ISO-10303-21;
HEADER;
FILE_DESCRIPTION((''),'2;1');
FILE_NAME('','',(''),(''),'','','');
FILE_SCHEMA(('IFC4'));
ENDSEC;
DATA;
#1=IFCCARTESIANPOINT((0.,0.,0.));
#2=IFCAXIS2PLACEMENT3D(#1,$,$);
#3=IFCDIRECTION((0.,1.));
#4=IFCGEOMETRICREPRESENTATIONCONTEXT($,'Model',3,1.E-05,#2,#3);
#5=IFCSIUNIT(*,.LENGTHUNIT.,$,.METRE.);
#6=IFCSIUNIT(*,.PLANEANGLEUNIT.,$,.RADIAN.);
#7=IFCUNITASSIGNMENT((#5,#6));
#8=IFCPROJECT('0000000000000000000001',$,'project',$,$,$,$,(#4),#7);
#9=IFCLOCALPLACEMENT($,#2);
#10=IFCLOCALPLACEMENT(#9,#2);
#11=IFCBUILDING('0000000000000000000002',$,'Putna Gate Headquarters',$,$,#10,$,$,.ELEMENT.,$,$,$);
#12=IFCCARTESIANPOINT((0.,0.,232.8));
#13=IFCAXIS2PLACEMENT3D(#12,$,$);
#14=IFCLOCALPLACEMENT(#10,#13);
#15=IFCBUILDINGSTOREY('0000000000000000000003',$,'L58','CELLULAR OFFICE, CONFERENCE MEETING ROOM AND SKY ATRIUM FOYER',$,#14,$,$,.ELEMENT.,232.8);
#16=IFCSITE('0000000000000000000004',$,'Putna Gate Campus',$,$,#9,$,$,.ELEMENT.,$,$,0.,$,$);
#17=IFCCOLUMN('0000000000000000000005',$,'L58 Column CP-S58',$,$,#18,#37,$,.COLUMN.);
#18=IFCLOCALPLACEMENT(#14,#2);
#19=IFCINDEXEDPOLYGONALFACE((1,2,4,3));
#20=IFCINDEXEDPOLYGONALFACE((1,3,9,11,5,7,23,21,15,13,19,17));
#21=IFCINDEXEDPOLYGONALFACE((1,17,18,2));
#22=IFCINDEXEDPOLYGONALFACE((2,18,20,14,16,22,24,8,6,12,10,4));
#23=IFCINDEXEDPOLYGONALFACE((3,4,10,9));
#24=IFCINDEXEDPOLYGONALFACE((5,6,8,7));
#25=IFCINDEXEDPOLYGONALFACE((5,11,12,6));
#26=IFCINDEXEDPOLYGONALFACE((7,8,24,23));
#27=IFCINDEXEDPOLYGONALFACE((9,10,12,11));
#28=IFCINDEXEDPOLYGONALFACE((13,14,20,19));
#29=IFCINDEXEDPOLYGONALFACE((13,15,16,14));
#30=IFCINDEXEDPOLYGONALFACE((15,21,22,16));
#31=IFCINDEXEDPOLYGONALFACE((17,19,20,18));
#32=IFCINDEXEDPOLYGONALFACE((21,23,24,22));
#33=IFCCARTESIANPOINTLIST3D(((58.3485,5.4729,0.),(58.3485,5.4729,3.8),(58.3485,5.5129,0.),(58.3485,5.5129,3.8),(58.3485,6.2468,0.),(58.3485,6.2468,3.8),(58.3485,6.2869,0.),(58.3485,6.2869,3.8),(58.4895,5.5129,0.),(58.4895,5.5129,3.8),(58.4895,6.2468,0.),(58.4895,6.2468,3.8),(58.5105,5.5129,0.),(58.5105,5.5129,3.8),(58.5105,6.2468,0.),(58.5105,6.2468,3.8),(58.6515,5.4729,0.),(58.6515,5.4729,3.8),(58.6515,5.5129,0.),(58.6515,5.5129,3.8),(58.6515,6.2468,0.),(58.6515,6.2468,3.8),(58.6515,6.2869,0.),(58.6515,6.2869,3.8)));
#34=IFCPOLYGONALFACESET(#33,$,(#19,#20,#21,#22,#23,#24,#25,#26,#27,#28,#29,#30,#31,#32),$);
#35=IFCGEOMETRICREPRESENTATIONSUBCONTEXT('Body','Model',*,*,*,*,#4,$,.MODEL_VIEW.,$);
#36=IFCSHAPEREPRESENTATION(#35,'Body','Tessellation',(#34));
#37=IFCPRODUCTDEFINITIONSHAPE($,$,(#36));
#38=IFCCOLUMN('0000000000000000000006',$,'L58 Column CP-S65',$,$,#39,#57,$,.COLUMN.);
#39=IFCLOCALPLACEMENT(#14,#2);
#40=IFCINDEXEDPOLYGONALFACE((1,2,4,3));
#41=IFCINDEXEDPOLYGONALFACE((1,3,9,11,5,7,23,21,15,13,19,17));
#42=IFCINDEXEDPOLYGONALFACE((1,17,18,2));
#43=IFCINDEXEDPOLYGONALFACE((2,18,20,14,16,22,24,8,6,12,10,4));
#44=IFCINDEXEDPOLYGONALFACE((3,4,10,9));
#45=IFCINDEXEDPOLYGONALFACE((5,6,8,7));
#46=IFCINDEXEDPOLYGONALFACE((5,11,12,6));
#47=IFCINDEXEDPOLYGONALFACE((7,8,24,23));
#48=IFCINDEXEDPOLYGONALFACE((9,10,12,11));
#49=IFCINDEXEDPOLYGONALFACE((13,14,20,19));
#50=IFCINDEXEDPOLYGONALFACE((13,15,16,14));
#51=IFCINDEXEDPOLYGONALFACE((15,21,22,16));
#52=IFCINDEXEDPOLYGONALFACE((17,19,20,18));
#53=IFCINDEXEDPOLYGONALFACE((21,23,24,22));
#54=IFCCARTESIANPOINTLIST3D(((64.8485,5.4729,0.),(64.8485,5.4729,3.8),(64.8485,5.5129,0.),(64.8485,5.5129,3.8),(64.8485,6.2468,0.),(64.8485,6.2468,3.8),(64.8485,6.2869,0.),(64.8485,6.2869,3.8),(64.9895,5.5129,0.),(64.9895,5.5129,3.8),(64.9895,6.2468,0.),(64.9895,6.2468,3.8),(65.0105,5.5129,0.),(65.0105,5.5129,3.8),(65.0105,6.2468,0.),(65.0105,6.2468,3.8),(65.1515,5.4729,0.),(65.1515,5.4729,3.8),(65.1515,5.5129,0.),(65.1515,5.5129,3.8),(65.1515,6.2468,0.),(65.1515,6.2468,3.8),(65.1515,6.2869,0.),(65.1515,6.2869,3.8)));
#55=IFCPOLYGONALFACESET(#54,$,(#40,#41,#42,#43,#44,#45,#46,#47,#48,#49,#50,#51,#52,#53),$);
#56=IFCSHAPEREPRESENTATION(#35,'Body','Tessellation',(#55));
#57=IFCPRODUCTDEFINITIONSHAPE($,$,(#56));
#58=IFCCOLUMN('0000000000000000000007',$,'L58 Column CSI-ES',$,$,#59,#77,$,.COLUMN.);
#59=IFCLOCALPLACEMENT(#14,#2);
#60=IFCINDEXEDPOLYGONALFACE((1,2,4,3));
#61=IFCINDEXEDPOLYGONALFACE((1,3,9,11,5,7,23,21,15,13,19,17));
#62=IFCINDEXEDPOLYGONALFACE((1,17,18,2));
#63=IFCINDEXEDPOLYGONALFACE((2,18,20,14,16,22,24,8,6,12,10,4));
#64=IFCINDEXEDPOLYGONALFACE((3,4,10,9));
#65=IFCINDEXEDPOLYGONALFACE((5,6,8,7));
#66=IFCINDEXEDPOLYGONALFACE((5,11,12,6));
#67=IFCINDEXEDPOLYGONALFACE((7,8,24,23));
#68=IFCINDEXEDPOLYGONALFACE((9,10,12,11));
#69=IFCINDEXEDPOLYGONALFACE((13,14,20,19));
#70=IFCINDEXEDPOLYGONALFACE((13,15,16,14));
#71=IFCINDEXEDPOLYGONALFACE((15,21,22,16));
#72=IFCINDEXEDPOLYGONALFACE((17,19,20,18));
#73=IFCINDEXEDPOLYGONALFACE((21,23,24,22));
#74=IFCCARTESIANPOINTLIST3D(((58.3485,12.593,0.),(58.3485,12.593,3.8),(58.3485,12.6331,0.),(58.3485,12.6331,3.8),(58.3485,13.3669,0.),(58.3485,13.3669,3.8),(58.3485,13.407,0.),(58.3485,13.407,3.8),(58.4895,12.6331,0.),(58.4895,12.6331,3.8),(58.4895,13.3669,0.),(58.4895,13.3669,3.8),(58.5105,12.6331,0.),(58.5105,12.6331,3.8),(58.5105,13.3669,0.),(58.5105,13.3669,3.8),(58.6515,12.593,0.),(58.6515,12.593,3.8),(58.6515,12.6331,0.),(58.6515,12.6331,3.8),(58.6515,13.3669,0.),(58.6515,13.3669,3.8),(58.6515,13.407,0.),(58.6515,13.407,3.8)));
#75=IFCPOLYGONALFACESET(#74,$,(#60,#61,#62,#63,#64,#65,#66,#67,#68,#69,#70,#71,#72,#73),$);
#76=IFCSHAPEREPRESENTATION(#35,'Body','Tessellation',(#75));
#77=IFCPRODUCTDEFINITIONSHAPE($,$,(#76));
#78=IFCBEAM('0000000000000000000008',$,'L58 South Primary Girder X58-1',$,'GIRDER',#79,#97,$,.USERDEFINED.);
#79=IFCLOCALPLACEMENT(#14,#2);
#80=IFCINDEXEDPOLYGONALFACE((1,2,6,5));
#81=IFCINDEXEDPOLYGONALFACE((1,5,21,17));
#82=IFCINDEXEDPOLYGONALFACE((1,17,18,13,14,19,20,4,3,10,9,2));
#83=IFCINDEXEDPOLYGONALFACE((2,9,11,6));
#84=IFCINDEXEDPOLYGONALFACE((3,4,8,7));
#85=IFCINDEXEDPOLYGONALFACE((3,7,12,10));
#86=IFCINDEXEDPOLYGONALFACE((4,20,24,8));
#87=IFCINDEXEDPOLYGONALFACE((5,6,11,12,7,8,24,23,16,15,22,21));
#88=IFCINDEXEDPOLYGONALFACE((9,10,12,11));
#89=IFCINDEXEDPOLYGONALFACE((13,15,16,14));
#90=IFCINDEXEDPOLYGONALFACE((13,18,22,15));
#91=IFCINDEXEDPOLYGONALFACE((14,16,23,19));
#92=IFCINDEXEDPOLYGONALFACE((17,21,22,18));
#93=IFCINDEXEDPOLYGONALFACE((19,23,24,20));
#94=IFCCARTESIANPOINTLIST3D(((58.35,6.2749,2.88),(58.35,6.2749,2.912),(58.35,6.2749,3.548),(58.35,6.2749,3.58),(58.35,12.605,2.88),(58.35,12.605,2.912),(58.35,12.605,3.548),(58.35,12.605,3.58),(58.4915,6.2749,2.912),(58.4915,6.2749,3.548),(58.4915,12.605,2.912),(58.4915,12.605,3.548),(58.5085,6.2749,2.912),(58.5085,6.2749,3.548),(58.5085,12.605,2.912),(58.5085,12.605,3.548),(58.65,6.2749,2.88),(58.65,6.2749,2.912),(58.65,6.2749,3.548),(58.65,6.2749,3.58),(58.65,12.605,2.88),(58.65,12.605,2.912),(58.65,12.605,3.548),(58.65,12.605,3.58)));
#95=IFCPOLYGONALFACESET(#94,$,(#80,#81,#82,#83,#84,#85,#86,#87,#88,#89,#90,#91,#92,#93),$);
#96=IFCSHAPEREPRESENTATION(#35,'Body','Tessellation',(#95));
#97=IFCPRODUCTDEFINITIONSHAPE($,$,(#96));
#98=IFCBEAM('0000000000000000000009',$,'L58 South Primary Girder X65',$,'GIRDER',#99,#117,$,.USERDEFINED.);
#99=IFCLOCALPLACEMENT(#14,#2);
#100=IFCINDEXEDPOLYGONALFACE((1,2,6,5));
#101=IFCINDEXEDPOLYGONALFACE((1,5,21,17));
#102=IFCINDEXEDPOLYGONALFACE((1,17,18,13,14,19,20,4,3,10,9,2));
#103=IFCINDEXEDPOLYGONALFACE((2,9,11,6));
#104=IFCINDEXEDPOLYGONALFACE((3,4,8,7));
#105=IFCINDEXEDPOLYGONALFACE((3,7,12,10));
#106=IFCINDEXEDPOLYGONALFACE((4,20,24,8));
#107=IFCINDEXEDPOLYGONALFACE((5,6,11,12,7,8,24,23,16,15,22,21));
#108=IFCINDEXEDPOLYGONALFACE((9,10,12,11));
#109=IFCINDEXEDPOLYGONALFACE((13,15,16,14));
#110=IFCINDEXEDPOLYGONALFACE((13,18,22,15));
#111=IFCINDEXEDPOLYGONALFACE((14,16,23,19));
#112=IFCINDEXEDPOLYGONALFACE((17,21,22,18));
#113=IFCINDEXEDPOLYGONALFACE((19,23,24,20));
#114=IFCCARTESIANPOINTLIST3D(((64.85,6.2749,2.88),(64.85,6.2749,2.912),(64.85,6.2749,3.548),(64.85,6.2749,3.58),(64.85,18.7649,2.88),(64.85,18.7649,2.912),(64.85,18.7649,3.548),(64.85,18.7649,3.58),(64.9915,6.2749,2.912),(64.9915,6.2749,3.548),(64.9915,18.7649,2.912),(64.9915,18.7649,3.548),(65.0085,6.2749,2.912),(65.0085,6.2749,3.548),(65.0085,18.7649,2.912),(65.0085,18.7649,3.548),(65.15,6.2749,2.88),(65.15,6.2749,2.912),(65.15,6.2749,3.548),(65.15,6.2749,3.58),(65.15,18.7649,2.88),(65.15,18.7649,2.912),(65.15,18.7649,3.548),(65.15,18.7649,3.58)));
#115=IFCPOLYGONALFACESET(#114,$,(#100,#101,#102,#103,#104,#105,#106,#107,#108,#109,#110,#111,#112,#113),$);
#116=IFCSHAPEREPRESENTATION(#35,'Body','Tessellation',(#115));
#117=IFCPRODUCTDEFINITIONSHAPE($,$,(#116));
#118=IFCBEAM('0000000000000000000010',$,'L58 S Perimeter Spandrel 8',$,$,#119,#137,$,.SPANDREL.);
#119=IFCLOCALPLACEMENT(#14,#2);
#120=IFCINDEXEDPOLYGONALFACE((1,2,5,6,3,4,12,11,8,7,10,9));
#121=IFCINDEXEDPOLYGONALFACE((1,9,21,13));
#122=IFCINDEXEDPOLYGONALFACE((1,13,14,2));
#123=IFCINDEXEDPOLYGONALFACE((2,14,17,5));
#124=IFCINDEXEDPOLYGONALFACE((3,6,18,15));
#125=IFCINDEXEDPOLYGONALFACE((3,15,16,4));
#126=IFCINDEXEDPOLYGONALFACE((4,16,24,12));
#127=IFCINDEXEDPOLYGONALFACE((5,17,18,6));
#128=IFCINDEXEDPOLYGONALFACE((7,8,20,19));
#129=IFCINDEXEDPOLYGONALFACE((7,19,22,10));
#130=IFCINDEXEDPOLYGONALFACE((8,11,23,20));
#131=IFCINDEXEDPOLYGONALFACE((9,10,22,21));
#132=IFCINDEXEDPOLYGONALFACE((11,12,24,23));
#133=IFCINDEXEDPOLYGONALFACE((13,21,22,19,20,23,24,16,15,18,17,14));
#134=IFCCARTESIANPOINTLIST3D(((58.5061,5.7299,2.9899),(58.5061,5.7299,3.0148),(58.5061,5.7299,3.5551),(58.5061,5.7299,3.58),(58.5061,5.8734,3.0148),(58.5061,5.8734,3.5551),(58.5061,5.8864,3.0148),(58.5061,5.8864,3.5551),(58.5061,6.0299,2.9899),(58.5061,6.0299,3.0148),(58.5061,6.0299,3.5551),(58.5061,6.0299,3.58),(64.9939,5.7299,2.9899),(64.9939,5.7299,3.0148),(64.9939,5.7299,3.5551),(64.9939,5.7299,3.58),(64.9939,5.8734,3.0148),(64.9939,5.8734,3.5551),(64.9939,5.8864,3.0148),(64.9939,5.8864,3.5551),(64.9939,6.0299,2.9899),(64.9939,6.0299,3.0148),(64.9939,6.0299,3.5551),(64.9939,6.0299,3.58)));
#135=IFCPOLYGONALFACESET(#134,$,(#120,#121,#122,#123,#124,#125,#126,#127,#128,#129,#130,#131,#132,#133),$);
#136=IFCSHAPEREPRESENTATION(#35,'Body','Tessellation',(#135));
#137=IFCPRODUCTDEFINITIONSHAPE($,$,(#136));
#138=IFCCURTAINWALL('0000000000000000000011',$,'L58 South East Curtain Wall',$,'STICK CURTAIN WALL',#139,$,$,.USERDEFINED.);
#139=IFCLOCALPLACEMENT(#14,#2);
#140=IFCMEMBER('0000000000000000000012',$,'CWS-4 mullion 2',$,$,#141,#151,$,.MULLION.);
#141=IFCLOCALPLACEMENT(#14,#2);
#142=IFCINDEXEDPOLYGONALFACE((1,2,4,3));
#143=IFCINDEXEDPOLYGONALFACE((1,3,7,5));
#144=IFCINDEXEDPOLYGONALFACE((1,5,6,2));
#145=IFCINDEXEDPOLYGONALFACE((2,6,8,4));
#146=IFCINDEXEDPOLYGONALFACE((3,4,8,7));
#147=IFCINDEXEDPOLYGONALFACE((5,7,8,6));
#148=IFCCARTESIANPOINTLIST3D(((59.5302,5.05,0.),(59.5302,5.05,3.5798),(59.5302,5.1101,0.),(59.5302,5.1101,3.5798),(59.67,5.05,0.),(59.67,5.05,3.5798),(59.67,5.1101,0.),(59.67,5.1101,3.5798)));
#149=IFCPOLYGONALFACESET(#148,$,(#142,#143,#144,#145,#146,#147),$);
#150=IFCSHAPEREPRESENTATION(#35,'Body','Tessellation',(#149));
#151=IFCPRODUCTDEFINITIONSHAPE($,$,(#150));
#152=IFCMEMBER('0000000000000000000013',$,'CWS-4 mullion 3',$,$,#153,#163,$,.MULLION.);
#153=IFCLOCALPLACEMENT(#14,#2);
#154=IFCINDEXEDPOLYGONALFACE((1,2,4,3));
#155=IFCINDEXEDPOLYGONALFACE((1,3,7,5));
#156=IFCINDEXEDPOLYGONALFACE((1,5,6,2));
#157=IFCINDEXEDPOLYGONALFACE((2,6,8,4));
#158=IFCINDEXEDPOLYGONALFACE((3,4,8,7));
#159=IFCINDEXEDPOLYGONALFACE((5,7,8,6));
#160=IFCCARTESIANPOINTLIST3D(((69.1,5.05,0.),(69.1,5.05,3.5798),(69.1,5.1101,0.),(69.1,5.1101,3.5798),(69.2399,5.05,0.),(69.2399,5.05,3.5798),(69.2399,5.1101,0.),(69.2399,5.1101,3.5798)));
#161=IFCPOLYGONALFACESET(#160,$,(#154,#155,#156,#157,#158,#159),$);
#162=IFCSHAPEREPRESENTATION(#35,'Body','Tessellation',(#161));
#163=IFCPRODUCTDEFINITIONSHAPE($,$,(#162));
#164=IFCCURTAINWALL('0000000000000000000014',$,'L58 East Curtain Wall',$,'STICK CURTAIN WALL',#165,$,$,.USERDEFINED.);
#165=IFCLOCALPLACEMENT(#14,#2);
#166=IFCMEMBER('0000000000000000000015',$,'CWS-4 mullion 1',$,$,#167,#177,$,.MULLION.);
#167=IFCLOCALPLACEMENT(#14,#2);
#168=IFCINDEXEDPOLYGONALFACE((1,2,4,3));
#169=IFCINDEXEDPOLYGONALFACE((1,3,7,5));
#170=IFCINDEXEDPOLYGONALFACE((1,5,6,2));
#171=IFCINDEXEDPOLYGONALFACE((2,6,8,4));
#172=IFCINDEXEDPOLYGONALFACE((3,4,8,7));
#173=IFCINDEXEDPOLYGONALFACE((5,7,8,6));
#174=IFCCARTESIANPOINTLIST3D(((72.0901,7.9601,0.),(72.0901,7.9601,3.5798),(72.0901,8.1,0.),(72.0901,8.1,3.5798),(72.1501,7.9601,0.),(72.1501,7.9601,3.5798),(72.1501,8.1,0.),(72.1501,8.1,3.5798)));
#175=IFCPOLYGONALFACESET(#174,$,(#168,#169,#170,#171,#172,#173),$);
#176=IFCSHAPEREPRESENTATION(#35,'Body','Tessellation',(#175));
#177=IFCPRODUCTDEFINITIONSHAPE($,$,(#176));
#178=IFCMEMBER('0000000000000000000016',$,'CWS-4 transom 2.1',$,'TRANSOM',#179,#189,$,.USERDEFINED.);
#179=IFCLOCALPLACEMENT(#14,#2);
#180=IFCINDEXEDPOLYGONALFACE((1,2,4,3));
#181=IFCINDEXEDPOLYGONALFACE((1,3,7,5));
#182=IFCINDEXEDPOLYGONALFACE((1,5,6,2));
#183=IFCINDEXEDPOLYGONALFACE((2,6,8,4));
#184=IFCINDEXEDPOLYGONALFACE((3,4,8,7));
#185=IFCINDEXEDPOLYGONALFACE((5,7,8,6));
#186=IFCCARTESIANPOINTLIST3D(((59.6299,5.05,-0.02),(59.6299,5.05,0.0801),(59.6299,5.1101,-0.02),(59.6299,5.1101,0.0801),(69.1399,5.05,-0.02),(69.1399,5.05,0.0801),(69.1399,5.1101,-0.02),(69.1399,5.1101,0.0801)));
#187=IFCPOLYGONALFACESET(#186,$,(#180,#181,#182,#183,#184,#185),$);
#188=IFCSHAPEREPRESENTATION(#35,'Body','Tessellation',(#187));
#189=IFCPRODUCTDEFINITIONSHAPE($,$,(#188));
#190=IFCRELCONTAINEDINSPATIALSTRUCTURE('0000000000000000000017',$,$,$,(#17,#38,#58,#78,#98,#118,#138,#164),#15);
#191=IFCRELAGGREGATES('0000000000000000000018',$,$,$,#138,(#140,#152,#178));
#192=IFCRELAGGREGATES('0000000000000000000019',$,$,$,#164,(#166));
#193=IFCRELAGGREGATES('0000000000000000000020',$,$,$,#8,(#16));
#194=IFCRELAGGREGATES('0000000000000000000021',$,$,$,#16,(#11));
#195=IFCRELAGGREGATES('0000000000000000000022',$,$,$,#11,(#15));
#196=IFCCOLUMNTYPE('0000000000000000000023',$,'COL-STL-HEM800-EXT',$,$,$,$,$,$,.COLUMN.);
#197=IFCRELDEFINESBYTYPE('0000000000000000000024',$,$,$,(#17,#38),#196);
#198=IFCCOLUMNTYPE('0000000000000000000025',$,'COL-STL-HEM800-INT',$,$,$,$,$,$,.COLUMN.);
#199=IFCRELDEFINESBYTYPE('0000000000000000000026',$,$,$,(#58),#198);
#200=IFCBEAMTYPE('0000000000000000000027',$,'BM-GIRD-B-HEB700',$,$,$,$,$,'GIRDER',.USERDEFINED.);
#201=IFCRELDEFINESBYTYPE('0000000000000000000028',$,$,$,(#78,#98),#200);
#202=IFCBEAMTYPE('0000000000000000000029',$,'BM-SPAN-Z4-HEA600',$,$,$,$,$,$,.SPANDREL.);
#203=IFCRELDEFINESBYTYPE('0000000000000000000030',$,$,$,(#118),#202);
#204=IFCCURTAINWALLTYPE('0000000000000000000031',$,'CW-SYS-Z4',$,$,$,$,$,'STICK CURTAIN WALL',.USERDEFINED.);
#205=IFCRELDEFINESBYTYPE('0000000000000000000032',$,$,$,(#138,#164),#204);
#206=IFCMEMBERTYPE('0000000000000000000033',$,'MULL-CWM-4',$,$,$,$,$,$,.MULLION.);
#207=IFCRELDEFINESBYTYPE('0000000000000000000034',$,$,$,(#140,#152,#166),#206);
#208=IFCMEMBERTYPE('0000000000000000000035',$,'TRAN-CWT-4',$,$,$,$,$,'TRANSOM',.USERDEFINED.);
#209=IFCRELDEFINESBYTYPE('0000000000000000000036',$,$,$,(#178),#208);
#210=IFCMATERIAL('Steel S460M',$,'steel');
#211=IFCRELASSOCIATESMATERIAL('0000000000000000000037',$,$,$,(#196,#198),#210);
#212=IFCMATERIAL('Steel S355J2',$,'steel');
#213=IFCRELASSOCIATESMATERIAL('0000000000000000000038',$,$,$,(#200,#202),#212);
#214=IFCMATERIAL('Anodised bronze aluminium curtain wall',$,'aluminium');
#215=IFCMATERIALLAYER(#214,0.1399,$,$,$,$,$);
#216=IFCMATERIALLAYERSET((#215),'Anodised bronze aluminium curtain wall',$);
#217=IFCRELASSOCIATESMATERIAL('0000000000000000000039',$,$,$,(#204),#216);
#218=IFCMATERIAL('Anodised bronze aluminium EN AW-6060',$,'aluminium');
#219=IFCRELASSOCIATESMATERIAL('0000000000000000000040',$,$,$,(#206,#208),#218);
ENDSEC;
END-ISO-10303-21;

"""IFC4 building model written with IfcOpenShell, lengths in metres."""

from ifc_helpers import new_model, si_unit, direction, frame, origin, origin_2d, place, context, subcontext, project, spatial, rectangle, i_section, extrude, material, layer, layer_set, material_profile, profile_set, type_object, element, aggregate, save


model = new_model("IFC4")

# Units and contexts
model_context = context("Model", 3, precision=1e-05, world=origin(), true_north=direction((0.0, 1.0)))
body_context = subcontext(model_context, "Body", "Model", "MODEL_VIEW")
ifc_project = project(units=[si_unit("LENGTHUNIT", "METRE"), si_unit("PLANEANGLEUNIT", "RADIAN")], contexts=[model_context])

# Site, building, storey
site_placement = place(None, origin())
site = spatial("IfcSite", under=ifc_project, at=site_placement, Name="Putna Gate Campus", CompositionType="ELEMENT", RefElevation=0.0)
building_placement = place(site_placement, origin())
building = spatial("IfcBuilding", under=site, at=building_placement, Name="Putna Gate Headquarters", CompositionType="ELEMENT")
storey_placement = place(building_placement, frame((0.0, 0.0, 232.8)))
storey = spatial("IfcBuildingStorey", under=building, at=storey_placement, Name="L58", Description="CELLULAR OFFICE, CONFERENCE MEETING ROOM AND SKY ATRIUM FOYER", CompositionType="ELEMENT", Elevation=232.8)

# Columns
ifc_material_1 = material(Name="Steel S460M", Category="steel")
ifc_material_profile_1 = material_profile(ifc_material_1, i_section(OverallWidth=0.303, OverallDepth=0.814, WebThickness=0.021, FlangeThickness=0.04, at=origin_2d()), Name="Steel S460M")
ifc_profile_set_1 = profile_set([ifc_material_profile_1], Name="Steel S460M")
column_type_1 = type_object("IfcColumnType", Name="COL-STL-HEM800-EXT", PredefinedType="COLUMN", material=ifc_profile_set_1)
for number, where, z_axis, x_axis, name in (
    (1, (58.5, 5.8799, 0.0), (0.0, 0.0, 1.0), (1.0, 0.0, 0.0), "L58 Column CP-S58"),
    (2, (65.0, 5.8799, 0.0), (0.0, 0.0, 1.0), (1.0, 0.0, 0.0), "L58 Column CP-S65"),
):
    element("IfcColumn", number, at=place(storey_placement, frame(where, z_axis=z_axis, x_axis=x_axis)), inside=storey, type_object=column_type_1, Name=name, PredefinedType="COLUMN", context=body_context, shape_type="SweptSolid", body=[
        extrude(i_section(OverallWidth=0.303, OverallDepth=0.814, WebThickness=0.021, FlangeThickness=0.04, at=origin_2d()), origin(), (0.0, 0.0, 1.0), 3.8),
    ])
ifc_material_profile_2 = material_profile(ifc_material_1, i_section(OverallWidth=0.303, OverallDepth=0.814, WebThickness=0.021, FlangeThickness=0.04, at=origin_2d()), Name="Steel S460M")
ifc_profile_set_2 = profile_set([ifc_material_profile_2], Name="Steel S460M")
column_type_2 = type_object("IfcColumnType", Name="COL-STL-HEM800-INT", PredefinedType="COLUMN", material=ifc_profile_set_2)
column_placement = place(storey_placement, frame((58.5, 13.0, 0.0), z_axis=(0.0, 0.0, 1.0), x_axis=(1.0, 0.0, 0.0)))
element("IfcColumn", 3, at=column_placement, inside=storey, type_object=column_type_2, Name="L58 Column CSI-ES", PredefinedType="COLUMN", context=body_context, shape_type="SweptSolid", body=[
    extrude(i_section(OverallWidth=0.303, OverallDepth=0.814, WebThickness=0.021, FlangeThickness=0.04, at=origin_2d()), origin(), (0.0, 0.0, 1.0), 3.8),
])

# Beams
ifc_material_2 = material(Name="Steel S355J2", Category="steel")
ifc_material_profile_3 = material_profile(ifc_material_2, i_section(OverallWidth=0.3, OverallDepth=0.7, WebThickness=0.0171, FlangeThickness=0.032, at=origin_2d()), Name="Steel S355J2")
ifc_profile_set_3 = profile_set([ifc_material_profile_3], Name="Steel S355J2")
beam_type_1 = type_object("IfcBeamType", Name="BM-GIRD-B-HEB700", ElementType="GIRDER", PredefinedType="USERDEFINED", material=ifc_profile_set_3)
beam_1_placement = place(storey_placement, frame((58.5, 6.2749, 3.23), z_axis=(0.0, 1.0, 0.0), x_axis=(-1.0, 0.0, 0.0)))
element("IfcBeam", 4, at=beam_1_placement, inside=storey, type_object=beam_type_1, Name="L58 South Primary Girder X58-1", ObjectType="GIRDER", PredefinedType="USERDEFINED", context=body_context, shape_type="SweptSolid", body=[
    extrude(i_section(OverallWidth=0.3, OverallDepth=0.7, WebThickness=0.0171, FlangeThickness=0.032, at=origin_2d()), origin(), (0.0, 0.0, 1.0), 6.3301),
])
beam_2_placement = place(storey_placement, frame((65.0, 6.2749, 3.23), z_axis=(0.0, 1.0, 0.0), x_axis=(-1.0, 0.0, 0.0)))
element("IfcBeam", 5, at=beam_2_placement, inside=storey, type_object=beam_type_1, Name="L58 South Primary Girder X65", ObjectType="GIRDER", PredefinedType="USERDEFINED", context=body_context, shape_type="SweptSolid", body=[
    extrude(i_section(OverallWidth=0.3, OverallDepth=0.7, WebThickness=0.0171, FlangeThickness=0.032, at=origin_2d()), origin(), (0.0, 0.0, 1.0), 12.49),
])
ifc_material_profile_4 = material_profile(ifc_material_2, i_section(OverallWidth=0.3, OverallDepth=0.5901, WebThickness=0.0129, FlangeThickness=0.0249, at=origin_2d()), Name="Steel S355J2")
ifc_profile_set_4 = profile_set([ifc_material_profile_4], Name="Steel S355J2")
beam_type_2 = type_object("IfcBeamType", Name="BM-SPAN-Z4-HEA600", PredefinedType="SPANDREL", material=ifc_profile_set_4)
beam_3_placement = place(storey_placement, frame((58.5061, 5.8799, 3.2849), z_axis=(1.0, 0.0, 0.0), x_axis=(0.0, 1.0, 0.0)))
element("IfcBeam", 6, at=beam_3_placement, inside=storey, type_object=beam_type_2, Name="L58 S Perimeter Spandrel 8", PredefinedType="SPANDREL", context=body_context, shape_type="SweptSolid", body=[
    extrude(i_section(OverallWidth=0.3, OverallDepth=0.5901, WebThickness=0.0129, FlangeThickness=0.0249, at=origin_2d()), origin(), (0.0, 0.0, 1.0), 6.4878),
])

# Curtain wall, members
ifc_material_3 = material(Name="Anodised bronze aluminium curtain wall", Category="aluminium")
ifc_layer_1 = layer(ifc_material_3, 0.1399)
ifc_layer_set_1 = layer_set([ifc_layer_1], Name="Anodised bronze aluminium curtain wall")
curtain_wall_type = type_object("IfcCurtainWallType", Name="CW-SYS-Z4", ElementType="STICK CURTAIN WALL", PredefinedType="USERDEFINED", material=ifc_layer_set_1)
curtain_wall_1_placement = place(storey_placement, origin())
curtain_wall_1 = element("IfcCurtainWall", 7, at=curtain_wall_1_placement, inside=storey, type_object=curtain_wall_type, Name="L58 South East Curtain Wall", ObjectType="STICK CURTAIN WALL", PredefinedType="USERDEFINED")
ifc_material_4 = material(Name="Anodised bronze aluminium EN AW-6060", Category="aluminium")
ifc_material_profile_5 = material_profile(ifc_material_4, rectangle(XDim=0.0601, YDim=0.1399, at=origin_2d()), Name="Anodised bronze aluminium EN AW-6060")
ifc_profile_set_5 = profile_set([ifc_material_profile_5], Name="Anodised bronze aluminium EN AW-6060")
member_type_1 = type_object("IfcMemberType", Name="MULL-CWM-4", PredefinedType="MULLION", material=ifc_profile_set_5)
member_1_placement = place(storey_placement, frame((59.6001, 5.0801, 0.0), z_axis=(0.0, 0.0, 1.0), x_axis=(0.0, 1.0, 0.0)))
member_1 = element("IfcMember", 8, at=member_1_placement, type_object=member_type_1, Name="CWS-4 mullion 2", PredefinedType="MULLION", context=body_context, shape_type="SweptSolid", body=[
    extrude(rectangle(XDim=0.0601, YDim=0.1399, at=origin_2d()), origin(), (0.0, 0.0, 1.0), 3.5798),
])
member_2_placement = place(storey_placement, frame((69.1699, 5.0801, 0.0), z_axis=(0.0, 0.0, 1.0), x_axis=(0.0, 1.0, 0.0)))
member_2 = element("IfcMember", 9, at=member_2_placement, type_object=member_type_1, Name="CWS-4 mullion 3", PredefinedType="MULLION", context=body_context, shape_type="SweptSolid", body=[
    extrude(rectangle(XDim=0.0601, YDim=0.1399, at=origin_2d()), origin(), (0.0, 0.0, 1.0), 3.5798),
])

# Curtain wall, member
curtain_wall_2_placement = place(storey_placement, origin())
curtain_wall_2 = element("IfcCurtainWall", 10, at=curtain_wall_2_placement, inside=storey, type_object=curtain_wall_type, Name="L58 East Curtain Wall", ObjectType="STICK CURTAIN WALL", PredefinedType="USERDEFINED")
member_3_placement = place(storey_placement, frame((72.1201, 8.03, 0.0), z_axis=(0.0, 0.0, 1.0), x_axis=(-1.0, 0.0, 0.0)))
member_3 = element("IfcMember", 11, at=member_3_placement, type_object=member_type_1, Name="CWS-4 mullion 1", PredefinedType="MULLION", context=body_context, shape_type="SweptSolid", body=[
    extrude(rectangle(XDim=0.0601, YDim=0.1399, at=origin_2d()), origin(), (0.0, 0.0, 1.0), 3.5798),
])

# Member
ifc_material_profile_6 = material_profile(ifc_material_4, rectangle(XDim=0.0601, YDim=0.1001, at=origin_2d()), Name="Anodised bronze aluminium EN AW-6060")
ifc_profile_set_6 = profile_set([ifc_material_profile_6], Name="Anodised bronze aluminium EN AW-6060")
member_type_2 = type_object("IfcMemberType", Name="TRAN-CWT-4", ElementType="TRANSOM", PredefinedType="USERDEFINED", material=ifc_profile_set_6)
member_4_placement = place(storey_placement, frame((59.6299, 5.0801, 0.03), z_axis=(1.0, 0.0, 0.0), x_axis=(0.0, 1.0, 0.0)))
member_4 = element("IfcMember", 12, at=member_4_placement, type_object=member_type_2, Name="CWS-4 transom 2.1", ObjectType="TRANSOM", PredefinedType="USERDEFINED", context=body_context, shape_type="SweptSolid", body=[
    extrude(rectangle(XDim=0.0601, YDim=0.1001, at=origin_2d()), origin(), (0.0, 0.0, 1.0), 9.51),
])

aggregate(curtain_wall_1, [member_1, member_2, member_4])
aggregate(curtain_wall_2, [member_3])

save(model, "model.ifc")
